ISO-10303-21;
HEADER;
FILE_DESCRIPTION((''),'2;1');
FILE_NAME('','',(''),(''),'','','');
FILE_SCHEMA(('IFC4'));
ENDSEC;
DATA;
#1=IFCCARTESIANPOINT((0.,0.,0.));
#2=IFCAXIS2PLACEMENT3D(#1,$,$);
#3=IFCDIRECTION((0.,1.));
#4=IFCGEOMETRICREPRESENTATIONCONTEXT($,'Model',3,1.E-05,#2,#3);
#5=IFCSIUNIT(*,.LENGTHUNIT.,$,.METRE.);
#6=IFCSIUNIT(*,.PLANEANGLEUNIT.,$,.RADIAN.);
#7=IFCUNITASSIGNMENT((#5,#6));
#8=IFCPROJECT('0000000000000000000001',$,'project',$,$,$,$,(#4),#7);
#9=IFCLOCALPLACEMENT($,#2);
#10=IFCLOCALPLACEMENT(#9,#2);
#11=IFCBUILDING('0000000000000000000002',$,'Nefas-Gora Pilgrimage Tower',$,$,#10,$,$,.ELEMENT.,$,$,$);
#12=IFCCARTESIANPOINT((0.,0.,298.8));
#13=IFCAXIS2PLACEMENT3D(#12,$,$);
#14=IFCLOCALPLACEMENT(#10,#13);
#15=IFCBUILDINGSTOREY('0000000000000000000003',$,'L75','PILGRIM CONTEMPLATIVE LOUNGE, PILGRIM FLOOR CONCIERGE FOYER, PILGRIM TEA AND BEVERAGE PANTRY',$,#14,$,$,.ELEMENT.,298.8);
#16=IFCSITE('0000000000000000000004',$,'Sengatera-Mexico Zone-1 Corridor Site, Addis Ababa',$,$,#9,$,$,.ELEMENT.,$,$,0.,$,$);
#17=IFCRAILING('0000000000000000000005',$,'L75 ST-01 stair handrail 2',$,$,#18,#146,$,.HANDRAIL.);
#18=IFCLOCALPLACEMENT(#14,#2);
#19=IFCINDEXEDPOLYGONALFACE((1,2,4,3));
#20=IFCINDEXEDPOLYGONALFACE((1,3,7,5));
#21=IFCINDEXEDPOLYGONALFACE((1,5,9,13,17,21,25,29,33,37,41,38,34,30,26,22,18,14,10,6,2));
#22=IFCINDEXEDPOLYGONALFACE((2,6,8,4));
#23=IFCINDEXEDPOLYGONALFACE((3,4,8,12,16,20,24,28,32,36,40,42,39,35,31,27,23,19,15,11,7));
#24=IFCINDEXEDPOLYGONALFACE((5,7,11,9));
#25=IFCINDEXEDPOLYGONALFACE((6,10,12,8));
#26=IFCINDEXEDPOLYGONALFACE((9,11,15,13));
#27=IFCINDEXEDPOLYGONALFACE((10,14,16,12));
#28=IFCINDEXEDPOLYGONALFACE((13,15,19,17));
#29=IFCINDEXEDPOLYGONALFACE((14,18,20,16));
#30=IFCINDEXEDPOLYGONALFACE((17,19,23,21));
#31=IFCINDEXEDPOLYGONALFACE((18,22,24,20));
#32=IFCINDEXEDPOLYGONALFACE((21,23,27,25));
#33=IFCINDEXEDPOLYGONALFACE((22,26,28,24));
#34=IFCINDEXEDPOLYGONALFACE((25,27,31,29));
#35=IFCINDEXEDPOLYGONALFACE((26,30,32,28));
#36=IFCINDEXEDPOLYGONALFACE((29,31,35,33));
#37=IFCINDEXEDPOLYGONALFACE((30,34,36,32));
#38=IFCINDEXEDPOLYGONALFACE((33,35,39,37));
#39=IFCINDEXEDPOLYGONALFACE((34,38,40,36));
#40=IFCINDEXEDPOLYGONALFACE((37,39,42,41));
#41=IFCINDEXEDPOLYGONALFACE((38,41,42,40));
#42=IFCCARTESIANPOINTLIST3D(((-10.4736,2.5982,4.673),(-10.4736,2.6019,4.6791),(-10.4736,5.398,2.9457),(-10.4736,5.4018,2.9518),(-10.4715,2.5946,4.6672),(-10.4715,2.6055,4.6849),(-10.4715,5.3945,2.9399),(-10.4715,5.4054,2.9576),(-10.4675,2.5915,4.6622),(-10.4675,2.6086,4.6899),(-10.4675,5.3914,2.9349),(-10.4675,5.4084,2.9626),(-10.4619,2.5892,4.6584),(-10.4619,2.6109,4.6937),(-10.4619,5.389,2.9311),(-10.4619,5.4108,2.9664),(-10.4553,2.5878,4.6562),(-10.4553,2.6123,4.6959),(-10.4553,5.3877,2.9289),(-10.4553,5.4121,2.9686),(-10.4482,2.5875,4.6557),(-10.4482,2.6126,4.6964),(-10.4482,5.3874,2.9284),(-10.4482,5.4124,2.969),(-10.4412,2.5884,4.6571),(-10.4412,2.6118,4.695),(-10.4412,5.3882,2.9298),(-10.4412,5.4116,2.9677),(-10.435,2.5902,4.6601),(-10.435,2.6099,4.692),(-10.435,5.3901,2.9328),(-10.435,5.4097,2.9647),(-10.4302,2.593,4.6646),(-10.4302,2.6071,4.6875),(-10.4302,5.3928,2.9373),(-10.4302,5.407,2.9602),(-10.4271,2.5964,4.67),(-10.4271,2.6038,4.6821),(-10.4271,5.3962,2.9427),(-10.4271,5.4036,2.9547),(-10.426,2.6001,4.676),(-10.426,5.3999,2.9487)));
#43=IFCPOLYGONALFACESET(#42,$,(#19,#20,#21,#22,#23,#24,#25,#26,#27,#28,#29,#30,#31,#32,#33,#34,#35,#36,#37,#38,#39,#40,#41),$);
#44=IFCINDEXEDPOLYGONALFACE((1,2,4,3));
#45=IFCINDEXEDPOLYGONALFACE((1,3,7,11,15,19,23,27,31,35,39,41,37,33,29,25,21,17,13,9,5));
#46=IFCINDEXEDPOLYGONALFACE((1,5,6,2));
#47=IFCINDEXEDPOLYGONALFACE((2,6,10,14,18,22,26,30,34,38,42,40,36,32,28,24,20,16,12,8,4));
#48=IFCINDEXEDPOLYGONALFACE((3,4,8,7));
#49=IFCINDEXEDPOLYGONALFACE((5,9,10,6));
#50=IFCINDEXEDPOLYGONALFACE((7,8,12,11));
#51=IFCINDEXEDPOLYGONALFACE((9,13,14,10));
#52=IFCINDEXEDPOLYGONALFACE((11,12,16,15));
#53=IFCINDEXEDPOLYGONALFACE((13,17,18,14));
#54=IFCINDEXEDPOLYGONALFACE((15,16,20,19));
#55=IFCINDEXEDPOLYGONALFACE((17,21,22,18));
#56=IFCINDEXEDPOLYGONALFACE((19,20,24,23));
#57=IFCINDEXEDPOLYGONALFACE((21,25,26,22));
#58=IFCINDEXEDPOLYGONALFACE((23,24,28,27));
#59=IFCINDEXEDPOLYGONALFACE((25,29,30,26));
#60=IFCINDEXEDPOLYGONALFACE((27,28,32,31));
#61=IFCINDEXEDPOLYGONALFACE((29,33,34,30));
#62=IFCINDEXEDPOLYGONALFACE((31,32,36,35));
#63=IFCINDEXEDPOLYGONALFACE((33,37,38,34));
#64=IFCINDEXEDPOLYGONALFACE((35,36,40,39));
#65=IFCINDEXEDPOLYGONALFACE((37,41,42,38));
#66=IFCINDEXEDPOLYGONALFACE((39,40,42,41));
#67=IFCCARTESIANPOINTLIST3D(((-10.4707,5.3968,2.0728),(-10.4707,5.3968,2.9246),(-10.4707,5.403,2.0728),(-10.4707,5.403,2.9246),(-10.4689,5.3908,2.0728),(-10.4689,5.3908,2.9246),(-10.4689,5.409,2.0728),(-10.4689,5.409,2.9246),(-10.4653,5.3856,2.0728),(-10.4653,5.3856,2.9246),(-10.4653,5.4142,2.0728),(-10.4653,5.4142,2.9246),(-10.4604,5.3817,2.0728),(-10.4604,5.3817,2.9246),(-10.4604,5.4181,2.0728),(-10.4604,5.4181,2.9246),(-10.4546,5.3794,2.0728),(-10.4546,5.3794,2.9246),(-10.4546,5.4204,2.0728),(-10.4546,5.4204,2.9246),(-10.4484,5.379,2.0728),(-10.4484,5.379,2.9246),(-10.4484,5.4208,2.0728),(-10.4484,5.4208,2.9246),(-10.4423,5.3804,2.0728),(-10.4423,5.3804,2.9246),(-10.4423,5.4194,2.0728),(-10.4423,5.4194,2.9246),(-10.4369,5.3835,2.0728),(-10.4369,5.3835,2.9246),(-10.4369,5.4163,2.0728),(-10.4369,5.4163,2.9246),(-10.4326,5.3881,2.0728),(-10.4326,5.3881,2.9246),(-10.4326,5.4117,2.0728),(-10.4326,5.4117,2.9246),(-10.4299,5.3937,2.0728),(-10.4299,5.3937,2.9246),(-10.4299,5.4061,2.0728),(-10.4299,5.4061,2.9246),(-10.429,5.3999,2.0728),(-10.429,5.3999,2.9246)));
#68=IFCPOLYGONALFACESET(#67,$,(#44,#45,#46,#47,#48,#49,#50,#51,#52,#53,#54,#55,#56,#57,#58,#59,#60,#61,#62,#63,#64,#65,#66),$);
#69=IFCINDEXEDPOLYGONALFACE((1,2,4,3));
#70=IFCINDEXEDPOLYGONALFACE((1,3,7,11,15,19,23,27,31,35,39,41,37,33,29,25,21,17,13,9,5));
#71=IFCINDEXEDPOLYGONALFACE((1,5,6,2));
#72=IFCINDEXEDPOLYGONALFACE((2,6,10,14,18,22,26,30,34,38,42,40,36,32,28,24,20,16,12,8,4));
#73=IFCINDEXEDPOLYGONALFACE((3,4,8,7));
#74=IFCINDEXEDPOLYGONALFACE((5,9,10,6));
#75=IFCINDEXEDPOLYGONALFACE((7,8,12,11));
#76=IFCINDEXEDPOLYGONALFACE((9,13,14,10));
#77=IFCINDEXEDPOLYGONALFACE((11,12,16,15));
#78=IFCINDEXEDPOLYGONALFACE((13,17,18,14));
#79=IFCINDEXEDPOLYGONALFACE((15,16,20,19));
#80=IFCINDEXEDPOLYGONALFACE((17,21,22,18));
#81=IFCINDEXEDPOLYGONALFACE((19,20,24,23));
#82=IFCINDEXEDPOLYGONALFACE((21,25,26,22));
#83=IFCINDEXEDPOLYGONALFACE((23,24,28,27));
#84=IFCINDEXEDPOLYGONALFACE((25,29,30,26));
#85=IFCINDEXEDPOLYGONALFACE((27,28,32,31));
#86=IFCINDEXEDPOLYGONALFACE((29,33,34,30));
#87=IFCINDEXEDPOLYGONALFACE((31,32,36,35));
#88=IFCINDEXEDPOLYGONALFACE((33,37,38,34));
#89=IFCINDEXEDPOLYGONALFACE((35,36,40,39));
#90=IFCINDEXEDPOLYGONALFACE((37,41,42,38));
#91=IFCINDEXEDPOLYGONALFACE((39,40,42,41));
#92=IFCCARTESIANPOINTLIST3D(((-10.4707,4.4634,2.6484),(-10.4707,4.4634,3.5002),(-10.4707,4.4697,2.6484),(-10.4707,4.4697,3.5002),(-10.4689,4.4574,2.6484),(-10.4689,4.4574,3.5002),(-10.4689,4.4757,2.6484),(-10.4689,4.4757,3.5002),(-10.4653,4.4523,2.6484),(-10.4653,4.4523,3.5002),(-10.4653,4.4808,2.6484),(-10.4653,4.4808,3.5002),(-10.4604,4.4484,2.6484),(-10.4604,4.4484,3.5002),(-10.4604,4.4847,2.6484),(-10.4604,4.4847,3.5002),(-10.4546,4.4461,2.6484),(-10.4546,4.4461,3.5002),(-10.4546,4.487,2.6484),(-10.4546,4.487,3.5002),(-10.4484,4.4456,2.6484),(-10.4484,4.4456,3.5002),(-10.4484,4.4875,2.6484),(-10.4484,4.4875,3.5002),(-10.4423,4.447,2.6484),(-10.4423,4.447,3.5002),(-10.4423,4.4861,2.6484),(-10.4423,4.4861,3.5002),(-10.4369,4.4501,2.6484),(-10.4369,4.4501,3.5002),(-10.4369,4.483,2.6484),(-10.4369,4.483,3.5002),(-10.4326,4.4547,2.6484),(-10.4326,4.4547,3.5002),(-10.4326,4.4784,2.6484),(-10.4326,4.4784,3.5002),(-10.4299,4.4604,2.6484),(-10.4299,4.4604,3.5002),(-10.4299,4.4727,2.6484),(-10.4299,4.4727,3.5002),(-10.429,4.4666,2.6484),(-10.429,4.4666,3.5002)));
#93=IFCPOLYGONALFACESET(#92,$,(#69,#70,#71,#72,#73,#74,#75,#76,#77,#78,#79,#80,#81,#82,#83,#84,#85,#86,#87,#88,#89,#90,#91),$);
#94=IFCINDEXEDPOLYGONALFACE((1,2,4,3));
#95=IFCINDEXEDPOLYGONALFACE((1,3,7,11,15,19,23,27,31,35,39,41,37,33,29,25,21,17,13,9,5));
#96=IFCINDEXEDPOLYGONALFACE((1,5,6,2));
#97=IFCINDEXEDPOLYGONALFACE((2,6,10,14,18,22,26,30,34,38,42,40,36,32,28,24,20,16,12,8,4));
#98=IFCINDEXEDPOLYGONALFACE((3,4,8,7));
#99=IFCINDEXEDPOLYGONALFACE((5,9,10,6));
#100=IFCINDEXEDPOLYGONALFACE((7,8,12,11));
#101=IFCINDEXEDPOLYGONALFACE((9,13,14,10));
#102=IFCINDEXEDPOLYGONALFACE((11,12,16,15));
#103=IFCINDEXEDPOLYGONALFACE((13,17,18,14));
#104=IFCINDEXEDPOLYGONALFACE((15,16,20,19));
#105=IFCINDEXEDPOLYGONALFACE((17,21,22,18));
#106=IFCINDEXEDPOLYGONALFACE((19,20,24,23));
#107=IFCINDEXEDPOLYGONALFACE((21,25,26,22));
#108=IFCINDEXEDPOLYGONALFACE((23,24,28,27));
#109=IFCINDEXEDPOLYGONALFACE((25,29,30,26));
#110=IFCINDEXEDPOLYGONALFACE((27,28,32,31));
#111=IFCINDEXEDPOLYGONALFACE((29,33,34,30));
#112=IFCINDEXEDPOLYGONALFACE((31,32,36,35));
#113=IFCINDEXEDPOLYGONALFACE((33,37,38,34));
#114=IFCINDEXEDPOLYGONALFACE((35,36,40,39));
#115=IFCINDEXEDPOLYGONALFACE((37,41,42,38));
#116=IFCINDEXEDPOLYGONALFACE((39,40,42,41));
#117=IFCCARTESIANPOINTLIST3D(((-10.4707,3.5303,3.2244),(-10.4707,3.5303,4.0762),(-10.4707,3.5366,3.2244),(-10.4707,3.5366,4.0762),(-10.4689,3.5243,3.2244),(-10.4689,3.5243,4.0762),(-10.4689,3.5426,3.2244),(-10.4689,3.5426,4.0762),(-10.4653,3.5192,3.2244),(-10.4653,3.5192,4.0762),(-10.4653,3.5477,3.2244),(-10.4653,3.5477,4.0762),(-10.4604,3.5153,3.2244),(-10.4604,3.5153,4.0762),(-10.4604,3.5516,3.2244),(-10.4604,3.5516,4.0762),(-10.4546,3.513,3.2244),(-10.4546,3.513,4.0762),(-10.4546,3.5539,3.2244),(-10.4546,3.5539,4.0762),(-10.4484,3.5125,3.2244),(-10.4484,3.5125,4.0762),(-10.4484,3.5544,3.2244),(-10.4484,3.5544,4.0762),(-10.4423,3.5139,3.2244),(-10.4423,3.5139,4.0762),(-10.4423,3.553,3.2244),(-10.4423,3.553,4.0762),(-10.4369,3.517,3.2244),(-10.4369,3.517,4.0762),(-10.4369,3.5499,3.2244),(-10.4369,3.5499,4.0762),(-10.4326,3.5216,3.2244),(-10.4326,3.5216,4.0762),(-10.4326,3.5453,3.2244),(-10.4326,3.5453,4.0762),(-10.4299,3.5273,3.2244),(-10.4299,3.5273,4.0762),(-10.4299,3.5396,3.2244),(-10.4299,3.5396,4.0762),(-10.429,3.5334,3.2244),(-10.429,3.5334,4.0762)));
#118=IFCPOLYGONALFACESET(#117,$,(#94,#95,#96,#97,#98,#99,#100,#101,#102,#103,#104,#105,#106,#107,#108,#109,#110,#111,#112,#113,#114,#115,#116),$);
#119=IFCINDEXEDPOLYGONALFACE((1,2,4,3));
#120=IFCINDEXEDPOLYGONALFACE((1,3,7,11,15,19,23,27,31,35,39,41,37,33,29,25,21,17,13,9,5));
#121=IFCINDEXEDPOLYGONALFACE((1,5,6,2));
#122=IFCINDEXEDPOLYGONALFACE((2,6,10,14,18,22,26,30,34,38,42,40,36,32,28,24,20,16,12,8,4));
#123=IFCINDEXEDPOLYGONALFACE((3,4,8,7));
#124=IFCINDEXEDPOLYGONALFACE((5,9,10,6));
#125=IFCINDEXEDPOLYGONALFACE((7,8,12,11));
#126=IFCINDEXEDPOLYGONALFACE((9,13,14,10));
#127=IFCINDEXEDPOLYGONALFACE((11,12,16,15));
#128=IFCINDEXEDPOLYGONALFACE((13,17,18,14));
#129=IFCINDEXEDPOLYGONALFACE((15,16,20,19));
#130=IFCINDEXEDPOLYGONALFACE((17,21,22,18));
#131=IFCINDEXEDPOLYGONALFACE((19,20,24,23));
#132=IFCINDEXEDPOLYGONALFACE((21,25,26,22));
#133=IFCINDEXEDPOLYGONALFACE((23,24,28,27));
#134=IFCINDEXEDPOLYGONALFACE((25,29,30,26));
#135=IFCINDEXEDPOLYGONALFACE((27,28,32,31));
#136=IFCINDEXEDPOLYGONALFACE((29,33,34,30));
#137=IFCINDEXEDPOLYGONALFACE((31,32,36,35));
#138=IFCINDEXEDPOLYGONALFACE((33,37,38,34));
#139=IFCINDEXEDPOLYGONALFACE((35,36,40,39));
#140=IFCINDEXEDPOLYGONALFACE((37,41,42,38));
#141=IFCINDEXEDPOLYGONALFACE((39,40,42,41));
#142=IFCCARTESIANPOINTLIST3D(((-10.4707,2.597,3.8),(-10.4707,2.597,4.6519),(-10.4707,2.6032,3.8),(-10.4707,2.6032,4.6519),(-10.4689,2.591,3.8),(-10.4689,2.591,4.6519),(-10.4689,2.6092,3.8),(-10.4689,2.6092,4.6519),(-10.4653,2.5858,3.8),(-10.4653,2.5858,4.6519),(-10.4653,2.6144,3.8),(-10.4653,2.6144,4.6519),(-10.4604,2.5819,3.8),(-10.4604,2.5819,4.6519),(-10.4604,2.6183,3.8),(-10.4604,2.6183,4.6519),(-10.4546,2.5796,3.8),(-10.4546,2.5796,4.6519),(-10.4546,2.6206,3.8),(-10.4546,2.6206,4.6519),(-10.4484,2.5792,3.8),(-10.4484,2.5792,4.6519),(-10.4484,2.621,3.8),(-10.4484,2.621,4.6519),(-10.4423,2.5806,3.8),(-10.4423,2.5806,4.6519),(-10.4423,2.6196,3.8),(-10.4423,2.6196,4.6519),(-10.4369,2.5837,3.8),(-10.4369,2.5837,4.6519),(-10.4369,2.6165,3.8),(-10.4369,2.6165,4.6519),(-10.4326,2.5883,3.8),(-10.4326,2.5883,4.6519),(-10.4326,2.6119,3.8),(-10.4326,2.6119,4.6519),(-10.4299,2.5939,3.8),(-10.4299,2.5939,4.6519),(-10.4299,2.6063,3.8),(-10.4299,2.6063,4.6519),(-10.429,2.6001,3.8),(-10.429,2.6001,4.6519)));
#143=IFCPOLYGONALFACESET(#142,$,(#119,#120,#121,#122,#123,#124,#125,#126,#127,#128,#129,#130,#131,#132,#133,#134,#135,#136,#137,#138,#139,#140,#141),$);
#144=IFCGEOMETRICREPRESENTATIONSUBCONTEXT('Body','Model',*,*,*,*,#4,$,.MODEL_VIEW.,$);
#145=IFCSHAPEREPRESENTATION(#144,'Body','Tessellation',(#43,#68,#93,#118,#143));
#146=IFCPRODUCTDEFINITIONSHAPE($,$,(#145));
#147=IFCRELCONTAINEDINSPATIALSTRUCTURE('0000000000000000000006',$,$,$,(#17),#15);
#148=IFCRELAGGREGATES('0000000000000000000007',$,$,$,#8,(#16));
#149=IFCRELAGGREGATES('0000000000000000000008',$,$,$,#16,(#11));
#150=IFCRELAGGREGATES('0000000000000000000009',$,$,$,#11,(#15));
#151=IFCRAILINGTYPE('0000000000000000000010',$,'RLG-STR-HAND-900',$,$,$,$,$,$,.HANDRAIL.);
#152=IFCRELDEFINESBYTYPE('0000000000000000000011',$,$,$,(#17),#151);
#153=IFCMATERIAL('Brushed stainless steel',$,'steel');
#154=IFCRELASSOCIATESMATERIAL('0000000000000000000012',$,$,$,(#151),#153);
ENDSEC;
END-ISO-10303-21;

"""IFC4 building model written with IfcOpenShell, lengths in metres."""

from ifc_helpers import new_model, si_unit, direction, frame, origin, origin_2d, place, context, subcontext, project, spatial, circle, extrude, material, type_object, element, save


model = new_model("IFC4")

# Units and contexts
model_context = context("Model", 3, precision=1e-05, world=origin(), true_north=direction((0.0, 1.0)))
body_context = subcontext(model_context, "Body", "Model", "MODEL_VIEW")
ifc_project = project(units=[si_unit("LENGTHUNIT", "METRE"), si_unit("PLANEANGLEUNIT", "RADIAN")], contexts=[model_context])

# Site, building, storey
site_placement = place(None, origin())
site = spatial("IfcSite", under=ifc_project, at=site_placement, Name="Sengatera-Mexico Zone-1 Corridor Site, Addis Ababa", CompositionType="ELEMENT", RefElevation=0.0)
building_placement = place(site_placement, origin())
building = spatial("IfcBuilding", under=site, at=building_placement, Name="Nefas-Gora Pilgrimage Tower", CompositionType="ELEMENT")
storey_placement = place(building_placement, frame((0.0, 0.0, 298.8)))
storey = spatial("IfcBuildingStorey", under=building, at=storey_placement, Name="L75", Description="PILGRIM CONTEMPLATIVE LOUNGE, PILGRIM FLOOR CONCIERGE FOYER, PILGRIM TEA AND BEVERAGE PANTRY", CompositionType="ELEMENT", Elevation=298.8)

# Railing
ifc_material_1 = material(Name="Brushed stainless steel", Category="steel")
railing_type_1 = type_object("IfcRailingType", Name="RLG-STR-HAND-900", PredefinedType="HANDRAIL", material=ifc_material_1)
railing_1_placement = place(storey_placement, frame((-10.45, 5.3999, 2.0728)))
element("IfcRailing", 1, at=railing_1_placement, inside=storey, type_object=railing_type_1, Name="L75 ST-01 stair handrail 2", PredefinedType="HANDRAIL", context=body_context, shape_type="SweptSolid", body=[
    extrude(circle(Radius=0.0239, at=origin_2d()), frame((0.0, 0.0, 0.876), z_axis=(0.0, -0.851069, 0.525054), x_axis=(1.0, 0.0, 0.0)), (0.0, 0.0, 1.0), 3.2898),
    extrude(circle(Radius=0.021, at=origin_2d()), origin(), (0.0, 0.0, 1.0), 0.8518),
    extrude(circle(Radius=0.021, at=origin_2d()), frame((0.0, -0.9333, 0.5757)), (0.0, 0.0, 1.0), 0.8518),
    extrude(circle(Radius=0.021, at=origin_2d()), frame((0.0, -1.8665, 1.1516)), (0.0, 0.0, 1.0), 0.8518),
    extrude(circle(Radius=0.021, at=origin_2d()), frame((0.0, -2.7998, 1.7273)), (0.0, 0.0, 1.0), 0.8518),
])

save(model, "model.ifc")
